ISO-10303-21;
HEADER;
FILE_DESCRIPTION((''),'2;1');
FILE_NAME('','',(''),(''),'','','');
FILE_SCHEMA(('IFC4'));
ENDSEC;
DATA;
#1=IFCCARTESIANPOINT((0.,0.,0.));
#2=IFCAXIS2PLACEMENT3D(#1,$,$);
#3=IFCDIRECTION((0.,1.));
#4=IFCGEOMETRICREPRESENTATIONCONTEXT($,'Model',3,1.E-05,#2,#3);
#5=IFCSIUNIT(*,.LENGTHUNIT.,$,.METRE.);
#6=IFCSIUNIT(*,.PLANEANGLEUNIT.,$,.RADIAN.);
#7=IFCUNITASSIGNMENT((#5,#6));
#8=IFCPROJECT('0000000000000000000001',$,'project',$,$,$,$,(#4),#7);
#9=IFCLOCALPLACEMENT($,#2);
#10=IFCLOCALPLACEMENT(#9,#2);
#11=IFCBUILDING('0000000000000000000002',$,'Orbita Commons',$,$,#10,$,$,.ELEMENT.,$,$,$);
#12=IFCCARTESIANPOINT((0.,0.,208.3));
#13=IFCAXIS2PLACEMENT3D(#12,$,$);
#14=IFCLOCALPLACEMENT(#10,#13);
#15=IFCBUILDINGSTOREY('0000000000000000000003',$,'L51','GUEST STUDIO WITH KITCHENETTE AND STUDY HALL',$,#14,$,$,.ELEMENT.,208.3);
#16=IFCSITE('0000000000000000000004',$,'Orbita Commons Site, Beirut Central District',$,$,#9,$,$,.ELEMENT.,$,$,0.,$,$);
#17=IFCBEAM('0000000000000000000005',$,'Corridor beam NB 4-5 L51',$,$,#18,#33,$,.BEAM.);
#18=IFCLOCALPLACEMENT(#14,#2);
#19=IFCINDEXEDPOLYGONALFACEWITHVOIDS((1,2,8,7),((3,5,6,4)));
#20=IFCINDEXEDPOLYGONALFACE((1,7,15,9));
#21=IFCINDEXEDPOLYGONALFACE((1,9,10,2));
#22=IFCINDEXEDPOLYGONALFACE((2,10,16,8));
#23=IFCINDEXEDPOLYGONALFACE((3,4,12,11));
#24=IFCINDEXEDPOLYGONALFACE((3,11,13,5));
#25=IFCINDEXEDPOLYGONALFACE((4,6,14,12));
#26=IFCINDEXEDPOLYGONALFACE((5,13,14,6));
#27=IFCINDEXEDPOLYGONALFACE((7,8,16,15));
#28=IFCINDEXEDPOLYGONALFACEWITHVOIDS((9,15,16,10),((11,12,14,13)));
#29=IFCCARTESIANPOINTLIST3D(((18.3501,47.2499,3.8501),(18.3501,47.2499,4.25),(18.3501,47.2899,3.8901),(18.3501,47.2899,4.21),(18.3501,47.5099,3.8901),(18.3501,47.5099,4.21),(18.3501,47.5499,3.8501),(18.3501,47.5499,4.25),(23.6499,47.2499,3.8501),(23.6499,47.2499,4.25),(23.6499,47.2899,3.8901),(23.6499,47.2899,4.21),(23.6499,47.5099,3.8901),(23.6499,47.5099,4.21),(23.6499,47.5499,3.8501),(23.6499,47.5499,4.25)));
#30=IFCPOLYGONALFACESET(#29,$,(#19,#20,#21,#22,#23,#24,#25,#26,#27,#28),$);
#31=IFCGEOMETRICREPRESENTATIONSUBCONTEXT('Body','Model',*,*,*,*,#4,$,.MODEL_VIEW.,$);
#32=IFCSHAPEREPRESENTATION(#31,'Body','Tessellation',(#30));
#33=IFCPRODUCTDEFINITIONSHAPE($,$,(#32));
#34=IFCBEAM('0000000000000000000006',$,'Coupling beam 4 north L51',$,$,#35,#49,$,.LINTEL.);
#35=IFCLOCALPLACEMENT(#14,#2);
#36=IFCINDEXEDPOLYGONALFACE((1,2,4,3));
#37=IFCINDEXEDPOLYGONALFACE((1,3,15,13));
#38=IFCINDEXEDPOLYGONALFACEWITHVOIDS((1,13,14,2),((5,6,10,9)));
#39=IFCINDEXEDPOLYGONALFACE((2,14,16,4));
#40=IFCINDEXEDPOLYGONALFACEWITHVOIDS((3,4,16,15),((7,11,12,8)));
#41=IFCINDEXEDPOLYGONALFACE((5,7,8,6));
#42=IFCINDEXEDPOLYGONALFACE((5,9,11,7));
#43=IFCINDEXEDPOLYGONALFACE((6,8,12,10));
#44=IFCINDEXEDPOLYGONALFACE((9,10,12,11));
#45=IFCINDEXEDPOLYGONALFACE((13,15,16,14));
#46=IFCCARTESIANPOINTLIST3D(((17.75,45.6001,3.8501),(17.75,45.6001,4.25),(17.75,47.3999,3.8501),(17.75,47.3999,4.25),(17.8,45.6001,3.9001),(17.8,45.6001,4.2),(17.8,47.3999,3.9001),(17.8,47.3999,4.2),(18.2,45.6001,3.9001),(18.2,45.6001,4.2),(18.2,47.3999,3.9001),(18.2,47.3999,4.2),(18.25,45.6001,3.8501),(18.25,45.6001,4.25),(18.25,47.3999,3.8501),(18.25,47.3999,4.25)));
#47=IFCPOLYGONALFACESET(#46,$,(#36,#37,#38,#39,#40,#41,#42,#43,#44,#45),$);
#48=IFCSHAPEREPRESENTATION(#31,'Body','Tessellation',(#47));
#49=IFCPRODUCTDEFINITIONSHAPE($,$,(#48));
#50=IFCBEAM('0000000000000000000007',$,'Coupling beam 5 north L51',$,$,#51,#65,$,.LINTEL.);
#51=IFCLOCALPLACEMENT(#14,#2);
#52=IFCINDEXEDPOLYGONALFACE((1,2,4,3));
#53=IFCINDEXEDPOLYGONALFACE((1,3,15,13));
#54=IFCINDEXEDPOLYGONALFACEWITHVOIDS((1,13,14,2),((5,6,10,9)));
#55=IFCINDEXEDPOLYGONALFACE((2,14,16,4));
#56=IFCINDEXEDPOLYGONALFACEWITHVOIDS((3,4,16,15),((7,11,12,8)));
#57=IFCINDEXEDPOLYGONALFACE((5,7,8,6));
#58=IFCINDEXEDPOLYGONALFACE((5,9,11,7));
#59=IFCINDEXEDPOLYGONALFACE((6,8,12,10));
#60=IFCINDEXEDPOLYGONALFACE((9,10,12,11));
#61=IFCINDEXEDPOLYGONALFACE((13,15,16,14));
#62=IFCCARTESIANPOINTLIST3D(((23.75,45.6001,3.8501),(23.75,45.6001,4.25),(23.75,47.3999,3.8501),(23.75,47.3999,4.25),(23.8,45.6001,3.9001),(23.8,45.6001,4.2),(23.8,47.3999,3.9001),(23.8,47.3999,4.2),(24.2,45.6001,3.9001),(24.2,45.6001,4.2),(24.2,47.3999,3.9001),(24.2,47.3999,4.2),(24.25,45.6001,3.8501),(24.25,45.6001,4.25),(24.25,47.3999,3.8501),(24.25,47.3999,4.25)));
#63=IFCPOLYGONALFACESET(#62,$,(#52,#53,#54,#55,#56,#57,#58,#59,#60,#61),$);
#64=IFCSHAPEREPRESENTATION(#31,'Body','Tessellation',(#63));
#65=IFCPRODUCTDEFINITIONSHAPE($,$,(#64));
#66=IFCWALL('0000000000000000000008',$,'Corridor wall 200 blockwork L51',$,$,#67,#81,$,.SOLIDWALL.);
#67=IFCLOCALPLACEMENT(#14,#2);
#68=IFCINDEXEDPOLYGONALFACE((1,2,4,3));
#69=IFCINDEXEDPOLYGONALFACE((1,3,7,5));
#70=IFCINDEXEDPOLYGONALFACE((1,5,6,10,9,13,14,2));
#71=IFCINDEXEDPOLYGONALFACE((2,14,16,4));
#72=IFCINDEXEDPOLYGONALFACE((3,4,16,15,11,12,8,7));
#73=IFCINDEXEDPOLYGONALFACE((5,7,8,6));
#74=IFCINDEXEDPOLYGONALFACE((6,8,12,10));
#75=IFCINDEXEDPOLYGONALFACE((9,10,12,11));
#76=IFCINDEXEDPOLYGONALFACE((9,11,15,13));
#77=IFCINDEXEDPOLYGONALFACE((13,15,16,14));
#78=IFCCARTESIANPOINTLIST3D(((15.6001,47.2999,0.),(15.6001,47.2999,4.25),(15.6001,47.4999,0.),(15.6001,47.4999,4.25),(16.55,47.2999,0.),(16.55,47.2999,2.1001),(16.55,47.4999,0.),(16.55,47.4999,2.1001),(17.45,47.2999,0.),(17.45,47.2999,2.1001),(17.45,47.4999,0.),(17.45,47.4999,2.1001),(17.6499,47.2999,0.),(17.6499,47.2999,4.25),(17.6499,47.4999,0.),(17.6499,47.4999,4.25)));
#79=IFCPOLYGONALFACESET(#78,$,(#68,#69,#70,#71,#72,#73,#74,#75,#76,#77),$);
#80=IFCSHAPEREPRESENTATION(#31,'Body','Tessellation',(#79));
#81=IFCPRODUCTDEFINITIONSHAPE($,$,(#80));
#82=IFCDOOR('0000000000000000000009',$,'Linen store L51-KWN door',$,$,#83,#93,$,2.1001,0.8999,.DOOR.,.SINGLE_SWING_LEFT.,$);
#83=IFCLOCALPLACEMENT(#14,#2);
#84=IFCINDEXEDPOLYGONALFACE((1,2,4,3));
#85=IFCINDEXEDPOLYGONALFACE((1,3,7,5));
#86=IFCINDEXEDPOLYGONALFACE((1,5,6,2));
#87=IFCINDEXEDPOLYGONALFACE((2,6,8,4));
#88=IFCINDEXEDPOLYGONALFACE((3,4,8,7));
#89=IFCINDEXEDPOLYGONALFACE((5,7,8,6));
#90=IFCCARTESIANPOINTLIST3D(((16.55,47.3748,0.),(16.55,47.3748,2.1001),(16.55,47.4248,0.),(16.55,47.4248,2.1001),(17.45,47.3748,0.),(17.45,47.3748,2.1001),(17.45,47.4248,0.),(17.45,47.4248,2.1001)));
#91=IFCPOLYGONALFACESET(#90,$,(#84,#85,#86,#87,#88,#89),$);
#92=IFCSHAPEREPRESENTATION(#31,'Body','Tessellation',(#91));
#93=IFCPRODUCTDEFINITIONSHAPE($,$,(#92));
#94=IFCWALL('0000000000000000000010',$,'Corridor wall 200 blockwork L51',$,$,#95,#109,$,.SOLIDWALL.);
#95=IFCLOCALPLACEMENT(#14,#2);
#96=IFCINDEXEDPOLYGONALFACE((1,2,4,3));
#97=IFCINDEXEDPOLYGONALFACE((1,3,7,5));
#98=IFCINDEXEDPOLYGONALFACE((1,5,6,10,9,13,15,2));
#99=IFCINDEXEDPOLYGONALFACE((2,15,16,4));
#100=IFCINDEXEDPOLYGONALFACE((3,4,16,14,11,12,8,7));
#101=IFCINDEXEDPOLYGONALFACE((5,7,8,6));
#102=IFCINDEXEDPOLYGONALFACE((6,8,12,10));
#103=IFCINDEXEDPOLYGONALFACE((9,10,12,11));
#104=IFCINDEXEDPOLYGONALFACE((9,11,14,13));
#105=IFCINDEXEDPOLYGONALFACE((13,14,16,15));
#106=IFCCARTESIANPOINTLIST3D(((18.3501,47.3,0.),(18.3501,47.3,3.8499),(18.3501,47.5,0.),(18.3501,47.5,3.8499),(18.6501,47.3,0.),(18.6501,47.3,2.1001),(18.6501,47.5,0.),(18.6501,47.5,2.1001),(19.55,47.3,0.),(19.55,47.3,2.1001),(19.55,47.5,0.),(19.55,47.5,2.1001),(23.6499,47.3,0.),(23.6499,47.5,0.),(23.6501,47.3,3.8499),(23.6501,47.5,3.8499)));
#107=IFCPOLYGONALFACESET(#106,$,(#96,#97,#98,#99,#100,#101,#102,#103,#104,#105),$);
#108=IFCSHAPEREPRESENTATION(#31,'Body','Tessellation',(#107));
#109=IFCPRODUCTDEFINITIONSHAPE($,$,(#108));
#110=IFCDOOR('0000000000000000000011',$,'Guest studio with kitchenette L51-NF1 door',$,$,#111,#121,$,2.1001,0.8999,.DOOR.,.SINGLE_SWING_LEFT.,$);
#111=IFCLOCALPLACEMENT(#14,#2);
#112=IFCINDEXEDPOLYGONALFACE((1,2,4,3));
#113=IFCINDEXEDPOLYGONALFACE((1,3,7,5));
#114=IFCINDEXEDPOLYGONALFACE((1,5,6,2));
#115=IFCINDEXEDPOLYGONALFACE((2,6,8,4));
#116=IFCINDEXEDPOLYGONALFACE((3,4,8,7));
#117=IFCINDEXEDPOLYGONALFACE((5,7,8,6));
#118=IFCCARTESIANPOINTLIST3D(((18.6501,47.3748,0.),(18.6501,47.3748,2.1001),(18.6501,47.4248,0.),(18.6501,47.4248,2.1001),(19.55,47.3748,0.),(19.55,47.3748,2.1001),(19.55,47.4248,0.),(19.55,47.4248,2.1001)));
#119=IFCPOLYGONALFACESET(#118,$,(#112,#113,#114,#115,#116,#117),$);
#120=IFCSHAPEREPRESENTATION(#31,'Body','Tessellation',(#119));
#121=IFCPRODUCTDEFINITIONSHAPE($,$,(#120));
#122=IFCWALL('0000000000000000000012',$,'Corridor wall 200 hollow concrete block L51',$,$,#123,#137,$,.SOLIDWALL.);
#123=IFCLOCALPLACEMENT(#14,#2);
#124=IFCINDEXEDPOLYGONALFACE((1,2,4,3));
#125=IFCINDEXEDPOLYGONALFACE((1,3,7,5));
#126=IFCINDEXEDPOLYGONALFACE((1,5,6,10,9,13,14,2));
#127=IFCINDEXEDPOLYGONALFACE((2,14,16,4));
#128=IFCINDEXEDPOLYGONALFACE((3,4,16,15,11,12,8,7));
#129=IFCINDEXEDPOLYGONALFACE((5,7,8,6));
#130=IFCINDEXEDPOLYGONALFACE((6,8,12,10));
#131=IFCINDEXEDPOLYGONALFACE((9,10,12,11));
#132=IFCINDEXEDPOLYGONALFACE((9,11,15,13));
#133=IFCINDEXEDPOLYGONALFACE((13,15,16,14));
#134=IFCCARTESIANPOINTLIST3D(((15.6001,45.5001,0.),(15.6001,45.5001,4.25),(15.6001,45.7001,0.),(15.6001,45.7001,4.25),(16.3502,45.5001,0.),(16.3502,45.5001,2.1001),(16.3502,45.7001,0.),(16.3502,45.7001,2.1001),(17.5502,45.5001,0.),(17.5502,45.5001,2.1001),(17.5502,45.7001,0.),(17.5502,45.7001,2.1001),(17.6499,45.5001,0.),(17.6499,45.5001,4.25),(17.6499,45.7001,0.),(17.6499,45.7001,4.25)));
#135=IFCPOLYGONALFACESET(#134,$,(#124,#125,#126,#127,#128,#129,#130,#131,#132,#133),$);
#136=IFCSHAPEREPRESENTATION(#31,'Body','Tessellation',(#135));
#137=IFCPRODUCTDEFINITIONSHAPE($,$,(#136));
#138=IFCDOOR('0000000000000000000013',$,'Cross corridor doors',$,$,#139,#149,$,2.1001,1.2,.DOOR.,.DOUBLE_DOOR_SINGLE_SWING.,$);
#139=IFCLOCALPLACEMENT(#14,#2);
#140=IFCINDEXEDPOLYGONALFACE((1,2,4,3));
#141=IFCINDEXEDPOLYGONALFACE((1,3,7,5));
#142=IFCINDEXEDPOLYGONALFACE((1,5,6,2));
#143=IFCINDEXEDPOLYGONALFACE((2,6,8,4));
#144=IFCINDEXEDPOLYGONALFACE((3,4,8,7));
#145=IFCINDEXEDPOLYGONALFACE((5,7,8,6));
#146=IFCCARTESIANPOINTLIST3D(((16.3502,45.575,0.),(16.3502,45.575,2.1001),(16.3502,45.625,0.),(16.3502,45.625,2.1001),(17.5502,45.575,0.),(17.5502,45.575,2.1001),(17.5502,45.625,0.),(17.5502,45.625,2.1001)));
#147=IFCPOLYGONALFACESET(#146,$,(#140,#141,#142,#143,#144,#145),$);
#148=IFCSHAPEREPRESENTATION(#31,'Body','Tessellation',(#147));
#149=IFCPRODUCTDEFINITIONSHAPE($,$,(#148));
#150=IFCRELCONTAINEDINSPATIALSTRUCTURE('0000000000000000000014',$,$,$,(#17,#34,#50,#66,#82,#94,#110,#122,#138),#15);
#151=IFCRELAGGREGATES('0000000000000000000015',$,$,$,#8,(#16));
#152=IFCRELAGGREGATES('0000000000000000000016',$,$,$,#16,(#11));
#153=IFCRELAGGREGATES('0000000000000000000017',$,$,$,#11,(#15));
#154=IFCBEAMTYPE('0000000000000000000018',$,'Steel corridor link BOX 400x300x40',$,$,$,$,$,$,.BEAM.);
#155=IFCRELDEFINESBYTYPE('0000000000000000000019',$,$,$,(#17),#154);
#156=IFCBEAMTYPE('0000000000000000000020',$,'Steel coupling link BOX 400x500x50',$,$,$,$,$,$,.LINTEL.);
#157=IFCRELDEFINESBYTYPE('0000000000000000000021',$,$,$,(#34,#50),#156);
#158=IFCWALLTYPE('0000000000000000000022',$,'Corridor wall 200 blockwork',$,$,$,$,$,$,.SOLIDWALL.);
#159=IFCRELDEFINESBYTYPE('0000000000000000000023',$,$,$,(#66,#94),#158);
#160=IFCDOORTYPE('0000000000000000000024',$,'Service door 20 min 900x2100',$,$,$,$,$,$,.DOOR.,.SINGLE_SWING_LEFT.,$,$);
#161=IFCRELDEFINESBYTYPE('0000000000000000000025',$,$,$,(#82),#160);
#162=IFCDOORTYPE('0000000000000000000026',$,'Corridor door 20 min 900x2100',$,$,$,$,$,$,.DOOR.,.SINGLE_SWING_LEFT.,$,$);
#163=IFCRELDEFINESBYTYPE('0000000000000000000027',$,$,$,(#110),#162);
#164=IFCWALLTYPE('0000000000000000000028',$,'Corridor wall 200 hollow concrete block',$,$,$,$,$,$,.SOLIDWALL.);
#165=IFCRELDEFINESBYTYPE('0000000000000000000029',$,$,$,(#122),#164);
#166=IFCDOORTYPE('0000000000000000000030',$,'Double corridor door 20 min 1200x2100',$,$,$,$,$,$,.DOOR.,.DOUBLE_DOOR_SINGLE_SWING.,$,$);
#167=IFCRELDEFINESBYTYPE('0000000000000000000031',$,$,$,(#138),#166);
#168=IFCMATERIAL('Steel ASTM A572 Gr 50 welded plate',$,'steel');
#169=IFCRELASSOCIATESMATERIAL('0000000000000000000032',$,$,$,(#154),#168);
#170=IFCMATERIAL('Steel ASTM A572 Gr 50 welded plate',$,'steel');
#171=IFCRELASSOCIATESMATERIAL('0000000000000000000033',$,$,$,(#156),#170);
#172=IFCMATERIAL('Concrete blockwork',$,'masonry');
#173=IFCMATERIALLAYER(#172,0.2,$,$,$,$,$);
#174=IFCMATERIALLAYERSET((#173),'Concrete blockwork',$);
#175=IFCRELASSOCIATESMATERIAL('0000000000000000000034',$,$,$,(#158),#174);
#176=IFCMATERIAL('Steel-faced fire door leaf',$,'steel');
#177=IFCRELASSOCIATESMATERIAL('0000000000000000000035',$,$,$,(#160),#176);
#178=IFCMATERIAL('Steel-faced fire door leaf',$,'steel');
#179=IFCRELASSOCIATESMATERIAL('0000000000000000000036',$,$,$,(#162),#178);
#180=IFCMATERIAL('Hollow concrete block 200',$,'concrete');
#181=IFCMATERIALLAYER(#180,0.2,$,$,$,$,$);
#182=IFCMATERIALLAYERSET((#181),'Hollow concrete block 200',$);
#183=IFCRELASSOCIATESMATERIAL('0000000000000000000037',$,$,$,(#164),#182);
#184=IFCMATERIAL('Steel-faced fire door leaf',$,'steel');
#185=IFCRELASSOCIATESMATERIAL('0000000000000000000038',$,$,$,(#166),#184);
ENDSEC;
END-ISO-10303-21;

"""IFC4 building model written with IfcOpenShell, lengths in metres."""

from ifc_helpers import new_model, si_unit, direction, frame, frame_2d, origin, origin_2d, place, context, subcontext, project, spatial, polyline, rectangle, hollow_rectangle, outline, extrude, material, layer, layer_set, material_profile, profile_set, type_object, element, fill, save


model = new_model("IFC4")

# Units and contexts
model_context = context("Model", 3, precision=1e-05, world=origin(), true_north=direction((0.0, 1.0)))
body_context = subcontext(model_context, "Body", "Model", "MODEL_VIEW")
ifc_project = project(units=[si_unit("LENGTHUNIT", "METRE"), si_unit("PLANEANGLEUNIT", "RADIAN")], contexts=[model_context])

# Site, building, storey
site_placement = place(None, origin())
site = spatial("IfcSite", under=ifc_project, at=site_placement, Name="Orbita Commons Site, Beirut Central District", CompositionType="ELEMENT", RefElevation=0.0)
building_placement = place(site_placement, origin())
building = spatial("IfcBuilding", under=site, at=building_placement, Name="Orbita Commons", CompositionType="ELEMENT")
storey_placement = place(building_placement, frame((0.0, 0.0, 208.3)))
storey = spatial("IfcBuildingStorey", under=building, at=storey_placement, Name="L51", Description="GUEST STUDIO WITH KITCHENETTE AND STUDY HALL", CompositionType="ELEMENT", Elevation=208.3)

# Beams
ifc_material_1 = material(Name="Steel ASTM A572 Gr 50 welded plate", Category="steel")
ifc_material_profile_1 = material_profile(ifc_material_1, hollow_rectangle(XDim=0.3, YDim=0.3999, WallThickness=0.04, at=origin_2d()), Name="BOX 400x300x40")
ifc_profile_set_1 = profile_set([ifc_material_profile_1], Name="Steel ASTM A572 Gr 50 welded plate")
beam_type_1 = type_object("IfcBeamType", Name="Steel corridor link BOX 400x300x40", PredefinedType="BEAM", material=ifc_profile_set_1)
beam_placement = place(storey_placement, frame((18.3501, 47.3999, 4.05), z_axis=(1.0, 0.0, 0.0), x_axis=(0.0, 1.0, 0.0)))
element("IfcBeam", 1, at=beam_placement, inside=storey, type_object=beam_type_1, Name="Corridor beam NB 4-5 L51", PredefinedType="BEAM", context=body_context, shape_type="SweptSolid", body=[
    extrude(hollow_rectangle(XDim=0.3, YDim=0.3999, WallThickness=0.04, at=origin_2d()), origin(), (0.0, 0.0, 1.0), 5.2998),
])
ifc_material_2 = material(Name="Steel ASTM A572 Gr 50 welded plate", Category="steel")
ifc_material_profile_2 = material_profile(ifc_material_2, hollow_rectangle(XDim=0.5, YDim=0.3999, WallThickness=0.05, at=origin_2d()), Name="BOX 400x500x50")
ifc_profile_set_2 = profile_set([ifc_material_profile_2], Name="Steel ASTM A572 Gr 50 welded plate")
beam_type_2 = type_object("IfcBeamType", Name="Steel coupling link BOX 400x500x50", PredefinedType="LINTEL", material=ifc_profile_set_2)
for number, where, z_axis, x_axis, name in (
    (2, (18.0, 45.6001, 4.05), (0.0, 1.0, 0.0), (-1.0, 0.0, 0.0), "Coupling beam 4 north L51"),
    (3, (24.0, 45.6001, 4.05), (0.0, 1.0, 0.0), (-1.0, 0.0, 0.0), "Coupling beam 5 north L51"),
):
    element("IfcBeam", number, at=place(storey_placement, frame(where, z_axis=z_axis, x_axis=x_axis)), inside=storey, type_object=beam_type_2, Name=name, PredefinedType="LINTEL", context=body_context, shape_type="SweptSolid", body=[
        extrude(hollow_rectangle(XDim=0.5, YDim=0.3999, WallThickness=0.05, at=origin_2d()), origin(), (0.0, 0.0, 1.0), 1.7998),
    ])

# Walls, openings, doors
ifc_material_3 = material(Name="Concrete blockwork", Category="masonry")
ifc_layer_1 = layer(ifc_material_3, 0.2)
ifc_layer_set_1 = layer_set([ifc_layer_1], Name="Concrete blockwork")
wall_type_1 = type_object("IfcWallType", Name="Corridor wall 200 blockwork", PredefinedType="SOLIDWALL", material=ifc_layer_set_1)
wall_1_placement = place(storey_placement, frame((15.6001, 47.3999, 0.0), z_axis=(0.0, 0.0, 1.0), x_axis=(1.0, 0.0, 0.0)))
wall_1 = element("IfcWall", 4, at=wall_1_placement, inside=storey, type_object=wall_type_1, Name="Corridor wall 200 blockwork L51", PredefinedType="SOLIDWALL", context=body_context, shape_type="SweptSolid", body=[
    extrude(rectangle(XDim=2.0498, YDim=0.2, at=frame_2d((1.0249, 0.0))), origin(), (0.0, 0.0, 1.0), 4.25),
])
opening_1_placement = place(wall_1_placement, frame((0.95, 0.0, 0.0)))
opening_1 = element("IfcOpeningElement", 5, at=opening_1_placement, cuts=wall_1, PredefinedType="OPENING", context=body_context, shape_type="SweptSolid", body=[
    extrude(rectangle(XDim=0.8999, YDim=2.1001, at=frame_2d((0.45, 1.05))), frame((0.0, 0.1099, 0.0), z_axis=(0.0, -1.0, 0.0), x_axis=(1.0, 0.0, 0.0)), (0.0, 0.0, 1.0), 0.22),
])
ifc_material_4 = material(Name="Steel-faced fire door leaf", Category="steel")
door_type_1 = type_object("IfcDoorType", Name="Service door 20 min 900x2100", OperationType="SINGLE_SWING_LEFT", PredefinedType="DOOR", material=ifc_material_4)
door_1_placement = place(opening_1_placement, origin())
door_1 = element("IfcDoor", 6, at=door_1_placement, inside=storey, type_object=door_type_1, Name="Linen store L51-KWN door", OperationType="SINGLE_SWING_LEFT", OverallHeight=2.1001, OverallWidth=0.8999, PredefinedType="DOOR", context=body_context, shape_type="SweptSolid", body=[
    extrude(rectangle(XDim=0.8999, YDim=2.1001, at=frame_2d((0.45, 1.05))), frame((0.0, 0.0249, 0.0), z_axis=(0.0, -1.0, 0.0), x_axis=(1.0, 0.0, 0.0)), (0.0, 0.0, 1.0), 0.05),
])
fill(opening_1, door_1)
wall_2_placement = place(storey_placement, frame((18.3501, 47.3999, 0.0), z_axis=(0.0, 0.0, 1.0), x_axis=(1.0, 0.0, 0.0)))
wall_2 = element("IfcWall", 7, at=wall_2_placement, inside=storey, type_object=wall_type_1, Name="Corridor wall 200 blockwork L51", PredefinedType="SOLIDWALL", context=body_context, shape_type="SweptSolid", body=[
    extrude(outline(polyline([(0.0, 0.0), (5.2998, 0.0), (5.3, 3.8499), (0.0, 3.8499), (0.0, 0.0)])), frame((0.0, 0.1001, 0.0), z_axis=(0.0, -1.0, 0.0), x_axis=(1.0, 0.0, 0.0)), (0.0, 0.0, 1.0), 0.2),
])
opening_2_placement = place(wall_2_placement, frame((0.3, 0.0, 0.0)))
opening_2 = element("IfcOpeningElement", 8, at=opening_2_placement, cuts=wall_2, PredefinedType="OPENING", context=body_context, shape_type="SweptSolid", body=[
    extrude(rectangle(XDim=0.8999, YDim=2.1001, at=frame_2d((0.45, 1.05))), frame((0.0, 0.1099, 0.0), z_axis=(0.0, -1.0, 0.0), x_axis=(1.0, 0.0, 0.0)), (0.0, 0.0, 1.0), 0.22),
])
ifc_material_5 = material(Name="Steel-faced fire door leaf", Category="steel")
door_type_2 = type_object("IfcDoorType", Name="Corridor door 20 min 900x2100", OperationType="SINGLE_SWING_LEFT", PredefinedType="DOOR", material=ifc_material_5)
door_2_placement = place(opening_2_placement, origin())
door_2 = element("IfcDoor", 9, at=door_2_placement, inside=storey, type_object=door_type_2, Name="Guest studio with kitchenette L51-NF1 door", OperationType="SINGLE_SWING_LEFT", OverallHeight=2.1001, OverallWidth=0.8999, PredefinedType="DOOR", context=body_context, shape_type="SweptSolid", body=[
    extrude(rectangle(XDim=0.8999, YDim=2.1001, at=frame_2d((0.45, 1.05))), frame((0.0, 0.0249, 0.0), z_axis=(0.0, -1.0, 0.0), x_axis=(1.0, 0.0, 0.0)), (0.0, 0.0, 1.0), 0.05),
])
fill(opening_2, door_2)
ifc_material_6 = material(Name="Hollow concrete block 200", Category="concrete")
ifc_layer_2 = layer(ifc_material_6, 0.2)
ifc_layer_set_2 = layer_set([ifc_layer_2], Name="Hollow concrete block 200")
wall_type_2 = type_object("IfcWallType", Name="Corridor wall 200 hollow concrete block", PredefinedType="SOLIDWALL", material=ifc_layer_set_2)
wall_3_placement = place(storey_placement, frame((15.6001, 45.6001, 0.0), z_axis=(0.0, 0.0, 1.0), x_axis=(1.0, 0.0, 0.0)))
wall_3 = element("IfcWall", 10, at=wall_3_placement, inside=storey, type_object=wall_type_2, Name="Corridor wall 200 hollow concrete block L51", PredefinedType="SOLIDWALL", context=body_context, shape_type="SweptSolid", body=[
    extrude(rectangle(XDim=2.0498, YDim=0.2, at=frame_2d((1.0249, 0.0))), origin(), (0.0, 0.0, 1.0), 4.25),
])
opening_3_placement = place(wall_3_placement, frame((0.75, 0.0, 0.0)))
opening_3 = element("IfcOpeningElement", 11, at=opening_3_placement, cuts=wall_3, PredefinedType="OPENING", context=body_context, shape_type="SweptSolid", body=[
    extrude(rectangle(XDim=1.2, YDim=2.1001, at=frame_2d((0.6001, 1.05))), frame((0.0, 0.1099, 0.0), z_axis=(0.0, -1.0, 0.0), x_axis=(1.0, 0.0, 0.0)), (0.0, 0.0, 1.0), 0.22),
])
ifc_material_7 = material(Name="Steel-faced fire door leaf", Category="steel")
door_type_3 = type_object("IfcDoorType", Name="Double corridor door 20 min 1200x2100", OperationType="DOUBLE_DOOR_SINGLE_SWING", PredefinedType="DOOR", material=ifc_material_7)
door_3_placement = place(opening_3_placement, origin())
door_3 = element("IfcDoor", 12, at=door_3_placement, inside=storey, type_object=door_type_3, Name="Cross corridor doors", OperationType="DOUBLE_DOOR_SINGLE_SWING", OverallHeight=2.1001, OverallWidth=1.2, PredefinedType="DOOR", context=body_context, shape_type="SweptSolid", body=[
    extrude(rectangle(XDim=1.2, YDim=2.1001, at=frame_2d((0.6001, 1.05))), frame((0.0, 0.0249, 0.0), z_axis=(0.0, -1.0, 0.0), x_axis=(1.0, 0.0, 0.0)), (0.0, 0.0, 1.0), 0.05),
])
fill(opening_3, door_3)

save(model, "model.ifc")
